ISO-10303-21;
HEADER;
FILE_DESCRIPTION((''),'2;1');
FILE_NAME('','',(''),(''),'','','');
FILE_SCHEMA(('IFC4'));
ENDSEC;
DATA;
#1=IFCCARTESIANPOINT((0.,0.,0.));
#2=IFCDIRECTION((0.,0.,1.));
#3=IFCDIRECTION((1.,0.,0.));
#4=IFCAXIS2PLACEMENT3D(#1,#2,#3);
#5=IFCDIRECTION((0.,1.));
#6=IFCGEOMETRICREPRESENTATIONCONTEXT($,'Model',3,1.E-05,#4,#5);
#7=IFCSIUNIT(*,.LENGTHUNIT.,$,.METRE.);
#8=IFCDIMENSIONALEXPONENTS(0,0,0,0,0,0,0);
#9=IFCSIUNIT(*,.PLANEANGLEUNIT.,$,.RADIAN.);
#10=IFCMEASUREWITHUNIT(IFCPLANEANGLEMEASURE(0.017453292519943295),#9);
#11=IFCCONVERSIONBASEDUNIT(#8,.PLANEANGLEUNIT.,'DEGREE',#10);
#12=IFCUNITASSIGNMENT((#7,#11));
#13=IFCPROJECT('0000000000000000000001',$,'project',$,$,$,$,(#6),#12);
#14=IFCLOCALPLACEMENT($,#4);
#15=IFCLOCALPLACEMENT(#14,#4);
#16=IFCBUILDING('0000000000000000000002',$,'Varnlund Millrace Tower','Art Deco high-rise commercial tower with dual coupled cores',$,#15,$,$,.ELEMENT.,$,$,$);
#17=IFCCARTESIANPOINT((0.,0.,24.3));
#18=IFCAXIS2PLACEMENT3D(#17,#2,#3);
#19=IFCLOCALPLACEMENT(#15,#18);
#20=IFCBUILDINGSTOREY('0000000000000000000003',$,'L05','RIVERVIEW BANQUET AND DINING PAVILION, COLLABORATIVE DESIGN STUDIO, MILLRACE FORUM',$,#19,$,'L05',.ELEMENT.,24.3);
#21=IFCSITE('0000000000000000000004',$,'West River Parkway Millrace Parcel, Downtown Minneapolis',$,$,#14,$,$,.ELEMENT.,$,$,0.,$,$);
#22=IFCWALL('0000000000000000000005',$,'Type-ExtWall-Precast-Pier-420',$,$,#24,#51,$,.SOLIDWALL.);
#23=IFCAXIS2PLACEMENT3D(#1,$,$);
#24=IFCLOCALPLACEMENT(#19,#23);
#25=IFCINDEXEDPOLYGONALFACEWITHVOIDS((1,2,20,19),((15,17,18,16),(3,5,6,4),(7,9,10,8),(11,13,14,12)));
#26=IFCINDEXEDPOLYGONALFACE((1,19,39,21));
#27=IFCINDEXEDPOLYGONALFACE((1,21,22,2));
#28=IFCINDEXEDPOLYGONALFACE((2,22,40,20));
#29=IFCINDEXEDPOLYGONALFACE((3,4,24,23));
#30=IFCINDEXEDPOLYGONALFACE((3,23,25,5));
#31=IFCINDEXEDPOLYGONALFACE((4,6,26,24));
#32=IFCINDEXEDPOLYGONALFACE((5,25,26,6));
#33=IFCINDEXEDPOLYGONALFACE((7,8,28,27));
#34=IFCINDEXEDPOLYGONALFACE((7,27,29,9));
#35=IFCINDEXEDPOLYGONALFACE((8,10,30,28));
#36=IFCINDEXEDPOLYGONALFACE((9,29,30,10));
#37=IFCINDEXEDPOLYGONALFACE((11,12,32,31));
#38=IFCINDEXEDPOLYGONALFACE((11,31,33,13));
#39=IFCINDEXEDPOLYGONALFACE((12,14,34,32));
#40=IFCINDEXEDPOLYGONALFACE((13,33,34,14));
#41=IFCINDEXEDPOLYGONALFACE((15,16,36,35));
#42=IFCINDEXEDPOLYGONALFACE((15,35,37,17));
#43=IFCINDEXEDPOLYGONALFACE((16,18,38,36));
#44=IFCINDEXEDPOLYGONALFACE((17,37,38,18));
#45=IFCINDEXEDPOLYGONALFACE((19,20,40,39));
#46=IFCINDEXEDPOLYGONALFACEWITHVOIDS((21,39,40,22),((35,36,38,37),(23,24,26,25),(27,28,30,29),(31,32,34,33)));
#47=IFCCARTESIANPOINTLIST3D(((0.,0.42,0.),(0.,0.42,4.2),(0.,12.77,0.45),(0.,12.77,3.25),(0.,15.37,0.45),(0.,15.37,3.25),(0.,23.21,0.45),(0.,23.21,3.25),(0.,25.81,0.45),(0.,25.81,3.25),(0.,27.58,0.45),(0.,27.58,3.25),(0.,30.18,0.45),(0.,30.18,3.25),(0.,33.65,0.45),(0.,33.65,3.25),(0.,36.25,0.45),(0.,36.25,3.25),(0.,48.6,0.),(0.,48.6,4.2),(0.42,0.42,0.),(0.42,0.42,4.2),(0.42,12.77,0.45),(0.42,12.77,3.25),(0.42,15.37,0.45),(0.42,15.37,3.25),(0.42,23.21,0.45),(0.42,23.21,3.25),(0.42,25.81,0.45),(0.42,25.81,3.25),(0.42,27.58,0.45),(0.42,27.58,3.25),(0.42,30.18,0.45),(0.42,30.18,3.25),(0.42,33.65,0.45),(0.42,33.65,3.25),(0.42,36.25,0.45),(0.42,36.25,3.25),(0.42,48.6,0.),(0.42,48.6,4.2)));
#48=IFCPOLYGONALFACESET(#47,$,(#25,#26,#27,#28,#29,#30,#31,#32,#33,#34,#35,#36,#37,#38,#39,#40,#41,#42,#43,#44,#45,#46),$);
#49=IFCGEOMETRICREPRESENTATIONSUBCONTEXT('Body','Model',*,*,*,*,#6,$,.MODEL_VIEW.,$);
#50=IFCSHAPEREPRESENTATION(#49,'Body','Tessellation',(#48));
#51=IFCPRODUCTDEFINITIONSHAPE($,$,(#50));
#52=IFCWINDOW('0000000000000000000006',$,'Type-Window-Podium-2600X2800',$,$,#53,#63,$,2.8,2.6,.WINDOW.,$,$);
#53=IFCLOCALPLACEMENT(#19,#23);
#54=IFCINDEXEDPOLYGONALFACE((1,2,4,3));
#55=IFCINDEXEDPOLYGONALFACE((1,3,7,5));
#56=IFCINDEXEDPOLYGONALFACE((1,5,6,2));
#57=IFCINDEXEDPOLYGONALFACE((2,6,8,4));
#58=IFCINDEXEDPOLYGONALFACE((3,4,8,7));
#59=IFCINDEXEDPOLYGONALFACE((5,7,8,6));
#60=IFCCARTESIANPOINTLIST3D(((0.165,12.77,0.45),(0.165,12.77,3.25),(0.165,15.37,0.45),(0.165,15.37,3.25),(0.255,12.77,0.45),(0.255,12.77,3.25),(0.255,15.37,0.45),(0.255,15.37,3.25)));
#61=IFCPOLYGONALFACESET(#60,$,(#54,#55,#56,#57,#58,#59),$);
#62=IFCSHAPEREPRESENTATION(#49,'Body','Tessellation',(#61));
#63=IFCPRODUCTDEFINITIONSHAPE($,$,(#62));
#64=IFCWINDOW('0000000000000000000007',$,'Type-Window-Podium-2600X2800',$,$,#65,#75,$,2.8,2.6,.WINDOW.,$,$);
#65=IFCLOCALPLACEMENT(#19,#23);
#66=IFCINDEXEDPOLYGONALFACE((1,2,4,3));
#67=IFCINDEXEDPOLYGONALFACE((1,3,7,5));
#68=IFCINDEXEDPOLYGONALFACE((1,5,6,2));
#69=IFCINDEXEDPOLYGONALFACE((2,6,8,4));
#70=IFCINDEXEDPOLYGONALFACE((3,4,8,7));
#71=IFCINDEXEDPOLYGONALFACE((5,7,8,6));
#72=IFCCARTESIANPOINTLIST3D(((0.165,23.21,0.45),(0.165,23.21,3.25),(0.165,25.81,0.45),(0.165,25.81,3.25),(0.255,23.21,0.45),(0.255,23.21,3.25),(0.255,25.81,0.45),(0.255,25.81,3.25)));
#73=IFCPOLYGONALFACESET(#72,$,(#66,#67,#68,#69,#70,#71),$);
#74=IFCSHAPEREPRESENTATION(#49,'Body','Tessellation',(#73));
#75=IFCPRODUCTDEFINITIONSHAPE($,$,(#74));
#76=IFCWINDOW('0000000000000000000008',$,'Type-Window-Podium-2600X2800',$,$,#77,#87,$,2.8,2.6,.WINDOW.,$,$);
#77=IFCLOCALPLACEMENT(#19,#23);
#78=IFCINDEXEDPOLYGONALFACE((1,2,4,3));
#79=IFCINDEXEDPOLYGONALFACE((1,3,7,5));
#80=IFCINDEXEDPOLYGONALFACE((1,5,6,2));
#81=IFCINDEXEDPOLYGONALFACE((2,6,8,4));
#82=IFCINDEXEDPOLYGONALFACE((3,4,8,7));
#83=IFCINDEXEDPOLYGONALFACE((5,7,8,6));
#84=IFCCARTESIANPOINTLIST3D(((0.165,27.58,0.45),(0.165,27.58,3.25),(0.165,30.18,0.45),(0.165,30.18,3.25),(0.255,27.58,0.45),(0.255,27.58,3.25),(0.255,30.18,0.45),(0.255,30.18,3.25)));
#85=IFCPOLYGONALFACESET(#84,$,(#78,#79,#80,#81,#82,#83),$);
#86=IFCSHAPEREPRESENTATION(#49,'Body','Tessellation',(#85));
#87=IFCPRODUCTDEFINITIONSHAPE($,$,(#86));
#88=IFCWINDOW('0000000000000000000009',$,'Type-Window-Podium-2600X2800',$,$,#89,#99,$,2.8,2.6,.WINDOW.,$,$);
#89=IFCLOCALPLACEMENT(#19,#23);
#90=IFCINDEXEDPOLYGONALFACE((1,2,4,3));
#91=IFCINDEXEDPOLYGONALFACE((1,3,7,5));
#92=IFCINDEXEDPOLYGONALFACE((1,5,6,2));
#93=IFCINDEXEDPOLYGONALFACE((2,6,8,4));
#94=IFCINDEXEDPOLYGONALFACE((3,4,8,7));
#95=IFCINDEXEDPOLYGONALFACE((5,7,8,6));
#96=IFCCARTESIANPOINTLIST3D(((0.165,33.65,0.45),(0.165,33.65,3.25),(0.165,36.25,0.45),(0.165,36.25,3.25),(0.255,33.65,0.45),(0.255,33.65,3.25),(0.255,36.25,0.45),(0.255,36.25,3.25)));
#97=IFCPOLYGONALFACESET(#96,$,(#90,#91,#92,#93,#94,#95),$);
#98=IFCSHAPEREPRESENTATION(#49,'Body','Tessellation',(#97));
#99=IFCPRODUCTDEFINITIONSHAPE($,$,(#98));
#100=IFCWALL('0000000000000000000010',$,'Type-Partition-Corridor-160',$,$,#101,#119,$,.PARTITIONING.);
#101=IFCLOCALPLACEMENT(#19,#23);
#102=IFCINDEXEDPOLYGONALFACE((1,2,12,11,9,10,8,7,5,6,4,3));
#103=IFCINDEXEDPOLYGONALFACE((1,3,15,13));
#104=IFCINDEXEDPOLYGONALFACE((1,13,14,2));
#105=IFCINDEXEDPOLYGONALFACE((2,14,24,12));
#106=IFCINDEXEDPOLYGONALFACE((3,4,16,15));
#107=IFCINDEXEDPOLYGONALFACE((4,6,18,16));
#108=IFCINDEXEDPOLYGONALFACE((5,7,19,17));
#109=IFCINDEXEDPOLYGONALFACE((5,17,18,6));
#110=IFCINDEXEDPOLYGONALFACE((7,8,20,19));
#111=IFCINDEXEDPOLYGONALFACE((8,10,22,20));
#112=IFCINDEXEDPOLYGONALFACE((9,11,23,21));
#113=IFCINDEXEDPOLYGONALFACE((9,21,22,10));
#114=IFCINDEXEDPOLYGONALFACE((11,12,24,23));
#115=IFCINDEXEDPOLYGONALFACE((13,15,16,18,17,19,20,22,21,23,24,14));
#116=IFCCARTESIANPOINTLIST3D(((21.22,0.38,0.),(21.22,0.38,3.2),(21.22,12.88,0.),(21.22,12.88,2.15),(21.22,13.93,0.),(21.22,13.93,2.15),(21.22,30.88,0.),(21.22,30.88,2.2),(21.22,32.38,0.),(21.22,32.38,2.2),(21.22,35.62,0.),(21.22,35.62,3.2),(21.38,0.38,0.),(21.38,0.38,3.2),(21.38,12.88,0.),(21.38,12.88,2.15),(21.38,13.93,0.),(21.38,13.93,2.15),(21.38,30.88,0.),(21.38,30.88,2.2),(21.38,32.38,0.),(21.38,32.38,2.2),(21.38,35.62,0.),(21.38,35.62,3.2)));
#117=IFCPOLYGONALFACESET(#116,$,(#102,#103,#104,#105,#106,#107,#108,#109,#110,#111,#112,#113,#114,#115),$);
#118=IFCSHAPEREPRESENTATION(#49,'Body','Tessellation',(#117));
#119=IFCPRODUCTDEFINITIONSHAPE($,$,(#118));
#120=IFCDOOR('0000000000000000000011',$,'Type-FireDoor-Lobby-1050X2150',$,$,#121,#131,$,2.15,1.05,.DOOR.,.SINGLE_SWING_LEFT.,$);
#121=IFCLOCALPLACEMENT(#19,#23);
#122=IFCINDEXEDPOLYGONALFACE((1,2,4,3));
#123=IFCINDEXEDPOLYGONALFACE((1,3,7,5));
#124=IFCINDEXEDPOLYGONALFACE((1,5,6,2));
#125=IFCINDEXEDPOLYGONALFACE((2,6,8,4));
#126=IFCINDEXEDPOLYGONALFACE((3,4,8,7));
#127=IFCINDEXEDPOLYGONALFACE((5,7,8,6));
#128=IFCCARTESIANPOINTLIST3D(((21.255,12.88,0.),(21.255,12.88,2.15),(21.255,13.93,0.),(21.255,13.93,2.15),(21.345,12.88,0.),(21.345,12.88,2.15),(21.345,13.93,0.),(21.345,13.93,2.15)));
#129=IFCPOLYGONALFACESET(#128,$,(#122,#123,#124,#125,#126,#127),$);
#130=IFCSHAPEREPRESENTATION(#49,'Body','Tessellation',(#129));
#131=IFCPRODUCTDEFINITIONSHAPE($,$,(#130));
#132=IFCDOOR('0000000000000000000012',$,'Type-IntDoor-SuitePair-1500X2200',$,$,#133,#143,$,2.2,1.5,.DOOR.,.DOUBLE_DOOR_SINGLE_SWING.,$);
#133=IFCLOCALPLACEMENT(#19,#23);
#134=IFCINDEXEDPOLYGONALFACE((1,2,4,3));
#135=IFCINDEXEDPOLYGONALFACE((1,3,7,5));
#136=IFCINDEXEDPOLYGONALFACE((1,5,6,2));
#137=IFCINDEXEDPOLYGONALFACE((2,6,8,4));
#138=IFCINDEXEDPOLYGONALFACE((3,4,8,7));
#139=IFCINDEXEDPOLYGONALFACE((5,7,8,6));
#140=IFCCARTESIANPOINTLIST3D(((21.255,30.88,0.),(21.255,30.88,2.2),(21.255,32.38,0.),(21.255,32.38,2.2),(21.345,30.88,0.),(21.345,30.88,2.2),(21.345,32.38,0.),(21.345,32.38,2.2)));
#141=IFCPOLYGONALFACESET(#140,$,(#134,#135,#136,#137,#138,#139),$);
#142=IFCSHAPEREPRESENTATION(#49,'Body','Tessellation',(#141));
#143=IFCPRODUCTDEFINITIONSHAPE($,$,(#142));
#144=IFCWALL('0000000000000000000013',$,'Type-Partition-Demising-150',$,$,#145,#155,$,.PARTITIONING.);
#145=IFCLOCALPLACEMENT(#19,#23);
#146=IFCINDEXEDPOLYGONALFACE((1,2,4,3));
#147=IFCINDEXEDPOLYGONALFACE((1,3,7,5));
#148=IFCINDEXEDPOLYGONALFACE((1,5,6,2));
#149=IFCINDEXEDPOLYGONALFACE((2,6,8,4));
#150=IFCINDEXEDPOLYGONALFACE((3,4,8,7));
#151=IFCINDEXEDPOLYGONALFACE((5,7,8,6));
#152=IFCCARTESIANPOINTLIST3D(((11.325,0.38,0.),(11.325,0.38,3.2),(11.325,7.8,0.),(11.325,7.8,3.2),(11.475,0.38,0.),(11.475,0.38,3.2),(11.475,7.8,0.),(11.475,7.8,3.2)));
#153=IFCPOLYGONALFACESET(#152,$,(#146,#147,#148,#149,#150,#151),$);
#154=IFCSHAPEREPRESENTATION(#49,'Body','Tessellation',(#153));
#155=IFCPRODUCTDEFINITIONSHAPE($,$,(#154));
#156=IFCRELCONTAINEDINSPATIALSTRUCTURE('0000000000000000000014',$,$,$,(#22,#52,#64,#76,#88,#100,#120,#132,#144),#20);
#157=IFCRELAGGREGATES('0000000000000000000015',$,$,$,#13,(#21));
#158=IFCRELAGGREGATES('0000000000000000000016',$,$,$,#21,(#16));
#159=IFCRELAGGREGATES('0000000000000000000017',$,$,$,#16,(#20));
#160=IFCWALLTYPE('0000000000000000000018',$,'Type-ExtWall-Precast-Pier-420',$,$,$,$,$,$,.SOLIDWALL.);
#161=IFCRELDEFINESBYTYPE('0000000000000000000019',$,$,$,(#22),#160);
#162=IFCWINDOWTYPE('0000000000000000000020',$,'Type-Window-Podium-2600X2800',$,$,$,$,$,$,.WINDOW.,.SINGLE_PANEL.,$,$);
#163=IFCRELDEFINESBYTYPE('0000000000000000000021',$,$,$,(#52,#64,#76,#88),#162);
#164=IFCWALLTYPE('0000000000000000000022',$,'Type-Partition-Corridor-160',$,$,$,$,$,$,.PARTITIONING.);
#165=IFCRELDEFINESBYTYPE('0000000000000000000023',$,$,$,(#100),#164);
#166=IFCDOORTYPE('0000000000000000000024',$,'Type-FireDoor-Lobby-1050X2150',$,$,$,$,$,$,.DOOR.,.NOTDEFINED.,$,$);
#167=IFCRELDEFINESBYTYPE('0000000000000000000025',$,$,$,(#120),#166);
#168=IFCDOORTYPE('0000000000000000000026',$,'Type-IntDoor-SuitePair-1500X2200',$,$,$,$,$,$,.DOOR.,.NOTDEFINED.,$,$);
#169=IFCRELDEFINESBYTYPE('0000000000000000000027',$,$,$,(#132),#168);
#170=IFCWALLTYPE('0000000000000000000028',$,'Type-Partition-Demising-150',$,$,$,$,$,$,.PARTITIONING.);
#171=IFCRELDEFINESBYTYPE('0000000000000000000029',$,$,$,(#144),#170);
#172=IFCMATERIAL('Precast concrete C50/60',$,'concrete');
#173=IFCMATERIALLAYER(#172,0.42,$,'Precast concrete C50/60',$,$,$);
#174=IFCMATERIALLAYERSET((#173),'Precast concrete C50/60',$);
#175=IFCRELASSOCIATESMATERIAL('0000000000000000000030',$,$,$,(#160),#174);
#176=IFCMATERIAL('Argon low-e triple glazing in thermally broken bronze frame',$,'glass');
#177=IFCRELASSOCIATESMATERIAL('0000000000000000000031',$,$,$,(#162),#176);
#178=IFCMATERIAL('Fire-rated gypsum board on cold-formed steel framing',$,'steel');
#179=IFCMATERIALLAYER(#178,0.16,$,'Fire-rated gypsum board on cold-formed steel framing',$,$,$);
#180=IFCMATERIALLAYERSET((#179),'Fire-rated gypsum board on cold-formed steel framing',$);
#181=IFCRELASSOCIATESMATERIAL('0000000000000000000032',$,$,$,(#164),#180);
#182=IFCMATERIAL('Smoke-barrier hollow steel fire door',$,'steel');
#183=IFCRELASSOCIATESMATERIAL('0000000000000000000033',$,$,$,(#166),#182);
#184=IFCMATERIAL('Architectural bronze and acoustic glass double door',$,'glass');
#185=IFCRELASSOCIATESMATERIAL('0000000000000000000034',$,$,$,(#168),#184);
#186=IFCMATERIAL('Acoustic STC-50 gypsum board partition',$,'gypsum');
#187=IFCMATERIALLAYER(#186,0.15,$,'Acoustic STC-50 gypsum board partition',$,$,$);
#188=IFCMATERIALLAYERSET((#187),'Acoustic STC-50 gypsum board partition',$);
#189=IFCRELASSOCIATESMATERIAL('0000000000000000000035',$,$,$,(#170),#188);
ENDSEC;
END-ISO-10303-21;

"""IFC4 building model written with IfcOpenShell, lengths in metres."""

from ifc_helpers import new_model, entity, si_unit, converted_unit, direction, frame, origin_with_axes, origin_2d_with_axis, place, context, subcontext, project, spatial, polyline, rectangle, outline, extrude, material, layer, layer_set, type_object, element, fill, save


model = new_model("IFC4")

# Units and contexts
model_context = context("Model", 3, precision=1e-05, world=origin_with_axes(), true_north=direction((0.0, 1.0)))
body_context = subcontext(model_context, "Body", "Model", "MODEL_VIEW")
ifc_project = project(units=[si_unit("LENGTHUNIT", "METRE"), converted_unit("PLANEANGLEUNIT", "DEGREE", entity("IfcPlaneAngleMeasure", 0.017453292519943295), si_unit("PLANEANGLEUNIT", "RADIAN"), dimensions=[0, 0, 0, 0, 0, 0, 0])], contexts=[model_context])

# Site, building, storey
site_placement = place(None, origin_with_axes())
site = spatial("IfcSite", under=ifc_project, at=site_placement, Name="West River Parkway Millrace Parcel, Downtown Minneapolis", CompositionType="ELEMENT", RefElevation=0.0)
building_placement = place(site_placement, origin_with_axes())
building = spatial("IfcBuilding", under=site, at=building_placement, Name="Varnlund Millrace Tower", Description="Art Deco high-rise commercial tower with dual coupled cores", CompositionType="ELEMENT")
storey_placement = place(building_placement, frame((0.0, 0.0, 24.3), z_axis=(0.0, 0.0, 1.0), x_axis=(1.0, 0.0, 0.0)))
storey = spatial("IfcBuildingStorey", under=building, at=storey_placement, Name="L05", Description="RIVERVIEW BANQUET AND DINING PAVILION, COLLABORATIVE DESIGN STUDIO, MILLRACE FORUM", LongName="L05", CompositionType="ELEMENT", Elevation=24.3)

# Shared definitions
ifc_material_1 = material(Name="Argon low-e triple glazing in thermally broken bronze frame", Category="glass")

# Wall, openings, windows
ifc_material_2 = material(Name="Precast concrete C50/60", Category="concrete")
ifc_layer_1 = layer(ifc_material_2, 0.42, Name="Precast concrete C50/60")
ifc_layer_set_1 = layer_set([ifc_layer_1], Name="Precast concrete C50/60")
wall_type_1 = type_object("IfcWallType", Name="Type-ExtWall-Precast-Pier-420", PredefinedType="SOLIDWALL", material=ifc_layer_set_1)
wall_1_placement = place(storey_placement, frame((0.21, 0.42, 0.0), z_axis=(0.0, 0.0, 1.0), x_axis=(0.0, 1.0, 0.0)))
wall_1 = element("IfcWall", 1, at=wall_1_placement, inside=storey, type_object=wall_type_1, Name="Type-ExtWall-Precast-Pier-420", PredefinedType="SOLIDWALL", context=body_context, shape_type="SweptSolid", body=[
    extrude(outline(polyline([(0.0, -0.21), (48.18, -0.21), (48.18, 0.21), (0.0, 0.21), (0.0, -0.21)])), origin_with_axes(), (0.0, 0.0, 1.0), 4.2),
])
opening_1_placement = place(wall_1_placement, frame((13.65, 0.0, 0.45), z_axis=(0.0, 0.0, 1.0), x_axis=(1.0, 0.0, 0.0)))
opening_1 = element("IfcOpeningElement", 2, at=opening_1_placement, cuts=wall_1, PredefinedType="OPENING", context=body_context, shape_type="SweptSolid", body=[
    extrude(rectangle(XDim=2.6, YDim=0.44, at=origin_2d_with_axis()), origin_with_axes(), (0.0, 0.0, 1.0), 2.8),
])
opening_2_placement = place(wall_1_placement, frame((24.09, 0.0, 0.45), z_axis=(0.0, 0.0, 1.0), x_axis=(1.0, 0.0, 0.0)))
opening_2 = element("IfcOpeningElement", 3, at=opening_2_placement, cuts=wall_1, PredefinedType="OPENING", context=body_context, shape_type="SweptSolid", body=[
    extrude(rectangle(XDim=2.6, YDim=0.44, at=origin_2d_with_axis()), origin_with_axes(), (0.0, 0.0, 1.0), 2.8),
])
opening_3_placement = place(wall_1_placement, frame((28.46, 0.0, 0.45), z_axis=(0.0, 0.0, 1.0), x_axis=(1.0, 0.0, 0.0)))
opening_3 = element("IfcOpeningElement", 4, at=opening_3_placement, cuts=wall_1, PredefinedType="OPENING", context=body_context, shape_type="SweptSolid", body=[
    extrude(rectangle(XDim=2.6, YDim=0.44, at=origin_2d_with_axis()), origin_with_axes(), (0.0, 0.0, 1.0), 2.8),
])
opening_4_placement = place(wall_1_placement, frame((34.53, 0.0, 0.45), z_axis=(0.0, 0.0, 1.0), x_axis=(1.0, 0.0, 0.0)))
opening_4 = element("IfcOpeningElement", 5, at=opening_4_placement, cuts=wall_1, PredefinedType="OPENING", context=body_context, shape_type="SweptSolid", body=[
    extrude(rectangle(XDim=2.6, YDim=0.44, at=origin_2d_with_axis()), origin_with_axes(), (0.0, 0.0, 1.0), 2.8),
])
window_type_1 = type_object("IfcWindowType", Name="Type-Window-Podium-2600X2800", PartitioningType="SINGLE_PANEL", PredefinedType="WINDOW", material=ifc_material_1)
window_1_placement = place(wall_1_placement, frame((13.65, 0.0, 0.45), z_axis=(0.0, 0.0, 1.0), x_axis=(1.0, 0.0, 0.0)))
window_1 = element("IfcWindow", 6, at=window_1_placement, inside=storey, type_object=window_type_1, Name="Type-Window-Podium-2600X2800", OverallHeight=2.8, OverallWidth=2.6, PredefinedType="WINDOW", context=body_context, shape_type="SweptSolid", body=[
    extrude(rectangle(XDim=2.6, YDim=0.09, at=origin_2d_with_axis()), origin_with_axes(), (0.0, 0.0, 1.0), 2.8),
])
fill(opening_1, window_1)
window_2_placement = place(wall_1_placement, frame((24.09, 0.0, 0.45), z_axis=(0.0, 0.0, 1.0), x_axis=(1.0, 0.0, 0.0)))
window_2 = element("IfcWindow", 7, at=window_2_placement, inside=storey, type_object=window_type_1, Name="Type-Window-Podium-2600X2800", OverallHeight=2.8, OverallWidth=2.6, PredefinedType="WINDOW", context=body_context, shape_type="SweptSolid", body=[
    extrude(rectangle(XDim=2.6, YDim=0.09, at=origin_2d_with_axis()), origin_with_axes(), (0.0, 0.0, 1.0), 2.8),
])
fill(opening_2, window_2)
window_3_placement = place(wall_1_placement, frame((28.46, 0.0, 0.45), z_axis=(0.0, 0.0, 1.0), x_axis=(1.0, 0.0, 0.0)))
window_3 = element("IfcWindow", 8, at=window_3_placement, inside=storey, type_object=window_type_1, Name="Type-Window-Podium-2600X2800", OverallHeight=2.8, OverallWidth=2.6, PredefinedType="WINDOW", context=body_context, shape_type="SweptSolid", body=[
    extrude(rectangle(XDim=2.6, YDim=0.09, at=origin_2d_with_axis()), origin_with_axes(), (0.0, 0.0, 1.0), 2.8),
])
fill(opening_3, window_3)
window_4_placement = place(wall_1_placement, frame((34.53, 0.0, 0.45), z_axis=(0.0, 0.0, 1.0), x_axis=(1.0, 0.0, 0.0)))
window_4 = element("IfcWindow", 9, at=window_4_placement, inside=storey, type_object=window_type_1, Name="Type-Window-Podium-2600X2800", OverallHeight=2.8, OverallWidth=2.6, PredefinedType="WINDOW", context=body_context, shape_type="SweptSolid", body=[
    extrude(rectangle(XDim=2.6, YDim=0.09, at=origin_2d_with_axis()), origin_with_axes(), (0.0, 0.0, 1.0), 2.8),
])
fill(opening_4, window_4)

# Wall, openings, doors
ifc_material_3 = material(Name="Fire-rated gypsum board on cold-formed steel framing", Category="steel")
ifc_layer_2 = layer(ifc_material_3, 0.16, Name="Fire-rated gypsum board on cold-formed steel framing")
ifc_layer_set_2 = layer_set([ifc_layer_2], Name="Fire-rated gypsum board on cold-formed steel framing")
wall_type_2 = type_object("IfcWallType", Name="Type-Partition-Corridor-160", PredefinedType="PARTITIONING", material=ifc_layer_set_2)
wall_2_placement = place(storey_placement, frame((21.3, 0.38, 0.0), z_axis=(0.0, 0.0, 1.0), x_axis=(0.0, 1.0, 0.0)))
wall_2 = element("IfcWall", 10, at=wall_2_placement, inside=storey, type_object=wall_type_2, Name="Type-Partition-Corridor-160", PredefinedType="PARTITIONING", context=body_context, shape_type="SweptSolid", body=[
    extrude(outline(polyline([(0.0, -0.08), (35.24, -0.08), (35.24, 0.08), (0.0, 0.08), (0.0, -0.08)])), origin_with_axes(), (0.0, 0.0, 1.0), 3.2),
])
opening_5_placement = place(wall_2_placement, frame((13.025, 0.0, 0.0), z_axis=(0.0, 0.0, 1.0), x_axis=(1.0, 0.0, 0.0)))
opening_5 = element("IfcOpeningElement", 11, at=opening_5_placement, cuts=wall_2, PredefinedType="OPENING", context=body_context, shape_type="SweptSolid", body=[
    extrude(rectangle(XDim=1.05, YDim=0.18, at=origin_2d_with_axis()), origin_with_axes(), (0.0, 0.0, 1.0), 2.15),
])
opening_6_placement = place(wall_2_placement, frame((31.25, 0.0, 0.0), z_axis=(0.0, 0.0, 1.0), x_axis=(1.0, 0.0, 0.0)))
opening_6 = element("IfcOpeningElement", 12, at=opening_6_placement, cuts=wall_2, PredefinedType="OPENING", context=body_context, shape_type="SweptSolid", body=[
    extrude(rectangle(XDim=1.5, YDim=0.18, at=origin_2d_with_axis()), origin_with_axes(), (0.0, 0.0, 1.0), 2.2),
])
ifc_material_4 = material(Name="Smoke-barrier hollow steel fire door", Category="steel")
door_type_1 = type_object("IfcDoorType", Name="Type-FireDoor-Lobby-1050X2150", OperationType="NOTDEFINED", PredefinedType="DOOR", material=ifc_material_4)
door_1_placement = place(wall_2_placement, frame((13.025, 0.0, 0.0), z_axis=(0.0, 0.0, 1.0), x_axis=(1.0, 0.0, 0.0)))
door_1 = element("IfcDoor", 13, at=door_1_placement, inside=storey, type_object=door_type_1, Name="Type-FireDoor-Lobby-1050X2150", OperationType="SINGLE_SWING_LEFT", OverallHeight=2.15, OverallWidth=1.05, PredefinedType="DOOR", context=body_context, shape_type="SweptSolid", body=[
    extrude(rectangle(XDim=1.05, YDim=0.09, at=origin_2d_with_axis()), origin_with_axes(), (0.0, 0.0, 1.0), 2.15),
])
fill(opening_5, door_1)
ifc_material_5 = material(Name="Architectural bronze and acoustic glass double door", Category="glass")
door_type_2 = type_object("IfcDoorType", Name="Type-IntDoor-SuitePair-1500X2200", OperationType="NOTDEFINED", PredefinedType="DOOR", material=ifc_material_5)
door_2_placement = place(wall_2_placement, frame((31.25, 0.0, 0.0), z_axis=(0.0, 0.0, 1.0), x_axis=(1.0, 0.0, 0.0)))
door_2 = element("IfcDoor", 14, at=door_2_placement, inside=storey, type_object=door_type_2, Name="Type-IntDoor-SuitePair-1500X2200", OperationType="DOUBLE_DOOR_SINGLE_SWING", OverallHeight=2.2, OverallWidth=1.5, PredefinedType="DOOR", context=body_context, shape_type="SweptSolid", body=[
    extrude(rectangle(XDim=1.5, YDim=0.09, at=origin_2d_with_axis()), origin_with_axes(), (0.0, 0.0, 1.0), 2.2),
])
fill(opening_6, door_2)

# Wall
ifc_material_6 = material(Name="Acoustic STC-50 gypsum board partition", Category="gypsum")
ifc_layer_3 = layer(ifc_material_6, 0.15, Name="Acoustic STC-50 gypsum board partition")
ifc_layer_set_3 = layer_set([ifc_layer_3], Name="Acoustic STC-50 gypsum board partition")
wall_type_3 = type_object("IfcWallType", Name="Type-Partition-Demising-150", PredefinedType="PARTITIONING", material=ifc_layer_set_3)
wall_3_placement = place(storey_placement, frame((11.4, 0.38, 0.0), z_axis=(0.0, 0.0, 1.0), x_axis=(0.0, 1.0, 0.0)))
element("IfcWall", 15, at=wall_3_placement, inside=storey, type_object=wall_type_3, Name="Type-Partition-Demising-150", PredefinedType="PARTITIONING", context=body_context, shape_type="SweptSolid", body=[
    extrude(outline(polyline([(0.0, -0.075), (7.42, -0.075), (7.42, 0.075), (0.0, 0.075), (0.0, -0.075)])), origin_with_axes(), (0.0, 0.0, 1.0), 3.2),
])

save(model, "model.ifc")
